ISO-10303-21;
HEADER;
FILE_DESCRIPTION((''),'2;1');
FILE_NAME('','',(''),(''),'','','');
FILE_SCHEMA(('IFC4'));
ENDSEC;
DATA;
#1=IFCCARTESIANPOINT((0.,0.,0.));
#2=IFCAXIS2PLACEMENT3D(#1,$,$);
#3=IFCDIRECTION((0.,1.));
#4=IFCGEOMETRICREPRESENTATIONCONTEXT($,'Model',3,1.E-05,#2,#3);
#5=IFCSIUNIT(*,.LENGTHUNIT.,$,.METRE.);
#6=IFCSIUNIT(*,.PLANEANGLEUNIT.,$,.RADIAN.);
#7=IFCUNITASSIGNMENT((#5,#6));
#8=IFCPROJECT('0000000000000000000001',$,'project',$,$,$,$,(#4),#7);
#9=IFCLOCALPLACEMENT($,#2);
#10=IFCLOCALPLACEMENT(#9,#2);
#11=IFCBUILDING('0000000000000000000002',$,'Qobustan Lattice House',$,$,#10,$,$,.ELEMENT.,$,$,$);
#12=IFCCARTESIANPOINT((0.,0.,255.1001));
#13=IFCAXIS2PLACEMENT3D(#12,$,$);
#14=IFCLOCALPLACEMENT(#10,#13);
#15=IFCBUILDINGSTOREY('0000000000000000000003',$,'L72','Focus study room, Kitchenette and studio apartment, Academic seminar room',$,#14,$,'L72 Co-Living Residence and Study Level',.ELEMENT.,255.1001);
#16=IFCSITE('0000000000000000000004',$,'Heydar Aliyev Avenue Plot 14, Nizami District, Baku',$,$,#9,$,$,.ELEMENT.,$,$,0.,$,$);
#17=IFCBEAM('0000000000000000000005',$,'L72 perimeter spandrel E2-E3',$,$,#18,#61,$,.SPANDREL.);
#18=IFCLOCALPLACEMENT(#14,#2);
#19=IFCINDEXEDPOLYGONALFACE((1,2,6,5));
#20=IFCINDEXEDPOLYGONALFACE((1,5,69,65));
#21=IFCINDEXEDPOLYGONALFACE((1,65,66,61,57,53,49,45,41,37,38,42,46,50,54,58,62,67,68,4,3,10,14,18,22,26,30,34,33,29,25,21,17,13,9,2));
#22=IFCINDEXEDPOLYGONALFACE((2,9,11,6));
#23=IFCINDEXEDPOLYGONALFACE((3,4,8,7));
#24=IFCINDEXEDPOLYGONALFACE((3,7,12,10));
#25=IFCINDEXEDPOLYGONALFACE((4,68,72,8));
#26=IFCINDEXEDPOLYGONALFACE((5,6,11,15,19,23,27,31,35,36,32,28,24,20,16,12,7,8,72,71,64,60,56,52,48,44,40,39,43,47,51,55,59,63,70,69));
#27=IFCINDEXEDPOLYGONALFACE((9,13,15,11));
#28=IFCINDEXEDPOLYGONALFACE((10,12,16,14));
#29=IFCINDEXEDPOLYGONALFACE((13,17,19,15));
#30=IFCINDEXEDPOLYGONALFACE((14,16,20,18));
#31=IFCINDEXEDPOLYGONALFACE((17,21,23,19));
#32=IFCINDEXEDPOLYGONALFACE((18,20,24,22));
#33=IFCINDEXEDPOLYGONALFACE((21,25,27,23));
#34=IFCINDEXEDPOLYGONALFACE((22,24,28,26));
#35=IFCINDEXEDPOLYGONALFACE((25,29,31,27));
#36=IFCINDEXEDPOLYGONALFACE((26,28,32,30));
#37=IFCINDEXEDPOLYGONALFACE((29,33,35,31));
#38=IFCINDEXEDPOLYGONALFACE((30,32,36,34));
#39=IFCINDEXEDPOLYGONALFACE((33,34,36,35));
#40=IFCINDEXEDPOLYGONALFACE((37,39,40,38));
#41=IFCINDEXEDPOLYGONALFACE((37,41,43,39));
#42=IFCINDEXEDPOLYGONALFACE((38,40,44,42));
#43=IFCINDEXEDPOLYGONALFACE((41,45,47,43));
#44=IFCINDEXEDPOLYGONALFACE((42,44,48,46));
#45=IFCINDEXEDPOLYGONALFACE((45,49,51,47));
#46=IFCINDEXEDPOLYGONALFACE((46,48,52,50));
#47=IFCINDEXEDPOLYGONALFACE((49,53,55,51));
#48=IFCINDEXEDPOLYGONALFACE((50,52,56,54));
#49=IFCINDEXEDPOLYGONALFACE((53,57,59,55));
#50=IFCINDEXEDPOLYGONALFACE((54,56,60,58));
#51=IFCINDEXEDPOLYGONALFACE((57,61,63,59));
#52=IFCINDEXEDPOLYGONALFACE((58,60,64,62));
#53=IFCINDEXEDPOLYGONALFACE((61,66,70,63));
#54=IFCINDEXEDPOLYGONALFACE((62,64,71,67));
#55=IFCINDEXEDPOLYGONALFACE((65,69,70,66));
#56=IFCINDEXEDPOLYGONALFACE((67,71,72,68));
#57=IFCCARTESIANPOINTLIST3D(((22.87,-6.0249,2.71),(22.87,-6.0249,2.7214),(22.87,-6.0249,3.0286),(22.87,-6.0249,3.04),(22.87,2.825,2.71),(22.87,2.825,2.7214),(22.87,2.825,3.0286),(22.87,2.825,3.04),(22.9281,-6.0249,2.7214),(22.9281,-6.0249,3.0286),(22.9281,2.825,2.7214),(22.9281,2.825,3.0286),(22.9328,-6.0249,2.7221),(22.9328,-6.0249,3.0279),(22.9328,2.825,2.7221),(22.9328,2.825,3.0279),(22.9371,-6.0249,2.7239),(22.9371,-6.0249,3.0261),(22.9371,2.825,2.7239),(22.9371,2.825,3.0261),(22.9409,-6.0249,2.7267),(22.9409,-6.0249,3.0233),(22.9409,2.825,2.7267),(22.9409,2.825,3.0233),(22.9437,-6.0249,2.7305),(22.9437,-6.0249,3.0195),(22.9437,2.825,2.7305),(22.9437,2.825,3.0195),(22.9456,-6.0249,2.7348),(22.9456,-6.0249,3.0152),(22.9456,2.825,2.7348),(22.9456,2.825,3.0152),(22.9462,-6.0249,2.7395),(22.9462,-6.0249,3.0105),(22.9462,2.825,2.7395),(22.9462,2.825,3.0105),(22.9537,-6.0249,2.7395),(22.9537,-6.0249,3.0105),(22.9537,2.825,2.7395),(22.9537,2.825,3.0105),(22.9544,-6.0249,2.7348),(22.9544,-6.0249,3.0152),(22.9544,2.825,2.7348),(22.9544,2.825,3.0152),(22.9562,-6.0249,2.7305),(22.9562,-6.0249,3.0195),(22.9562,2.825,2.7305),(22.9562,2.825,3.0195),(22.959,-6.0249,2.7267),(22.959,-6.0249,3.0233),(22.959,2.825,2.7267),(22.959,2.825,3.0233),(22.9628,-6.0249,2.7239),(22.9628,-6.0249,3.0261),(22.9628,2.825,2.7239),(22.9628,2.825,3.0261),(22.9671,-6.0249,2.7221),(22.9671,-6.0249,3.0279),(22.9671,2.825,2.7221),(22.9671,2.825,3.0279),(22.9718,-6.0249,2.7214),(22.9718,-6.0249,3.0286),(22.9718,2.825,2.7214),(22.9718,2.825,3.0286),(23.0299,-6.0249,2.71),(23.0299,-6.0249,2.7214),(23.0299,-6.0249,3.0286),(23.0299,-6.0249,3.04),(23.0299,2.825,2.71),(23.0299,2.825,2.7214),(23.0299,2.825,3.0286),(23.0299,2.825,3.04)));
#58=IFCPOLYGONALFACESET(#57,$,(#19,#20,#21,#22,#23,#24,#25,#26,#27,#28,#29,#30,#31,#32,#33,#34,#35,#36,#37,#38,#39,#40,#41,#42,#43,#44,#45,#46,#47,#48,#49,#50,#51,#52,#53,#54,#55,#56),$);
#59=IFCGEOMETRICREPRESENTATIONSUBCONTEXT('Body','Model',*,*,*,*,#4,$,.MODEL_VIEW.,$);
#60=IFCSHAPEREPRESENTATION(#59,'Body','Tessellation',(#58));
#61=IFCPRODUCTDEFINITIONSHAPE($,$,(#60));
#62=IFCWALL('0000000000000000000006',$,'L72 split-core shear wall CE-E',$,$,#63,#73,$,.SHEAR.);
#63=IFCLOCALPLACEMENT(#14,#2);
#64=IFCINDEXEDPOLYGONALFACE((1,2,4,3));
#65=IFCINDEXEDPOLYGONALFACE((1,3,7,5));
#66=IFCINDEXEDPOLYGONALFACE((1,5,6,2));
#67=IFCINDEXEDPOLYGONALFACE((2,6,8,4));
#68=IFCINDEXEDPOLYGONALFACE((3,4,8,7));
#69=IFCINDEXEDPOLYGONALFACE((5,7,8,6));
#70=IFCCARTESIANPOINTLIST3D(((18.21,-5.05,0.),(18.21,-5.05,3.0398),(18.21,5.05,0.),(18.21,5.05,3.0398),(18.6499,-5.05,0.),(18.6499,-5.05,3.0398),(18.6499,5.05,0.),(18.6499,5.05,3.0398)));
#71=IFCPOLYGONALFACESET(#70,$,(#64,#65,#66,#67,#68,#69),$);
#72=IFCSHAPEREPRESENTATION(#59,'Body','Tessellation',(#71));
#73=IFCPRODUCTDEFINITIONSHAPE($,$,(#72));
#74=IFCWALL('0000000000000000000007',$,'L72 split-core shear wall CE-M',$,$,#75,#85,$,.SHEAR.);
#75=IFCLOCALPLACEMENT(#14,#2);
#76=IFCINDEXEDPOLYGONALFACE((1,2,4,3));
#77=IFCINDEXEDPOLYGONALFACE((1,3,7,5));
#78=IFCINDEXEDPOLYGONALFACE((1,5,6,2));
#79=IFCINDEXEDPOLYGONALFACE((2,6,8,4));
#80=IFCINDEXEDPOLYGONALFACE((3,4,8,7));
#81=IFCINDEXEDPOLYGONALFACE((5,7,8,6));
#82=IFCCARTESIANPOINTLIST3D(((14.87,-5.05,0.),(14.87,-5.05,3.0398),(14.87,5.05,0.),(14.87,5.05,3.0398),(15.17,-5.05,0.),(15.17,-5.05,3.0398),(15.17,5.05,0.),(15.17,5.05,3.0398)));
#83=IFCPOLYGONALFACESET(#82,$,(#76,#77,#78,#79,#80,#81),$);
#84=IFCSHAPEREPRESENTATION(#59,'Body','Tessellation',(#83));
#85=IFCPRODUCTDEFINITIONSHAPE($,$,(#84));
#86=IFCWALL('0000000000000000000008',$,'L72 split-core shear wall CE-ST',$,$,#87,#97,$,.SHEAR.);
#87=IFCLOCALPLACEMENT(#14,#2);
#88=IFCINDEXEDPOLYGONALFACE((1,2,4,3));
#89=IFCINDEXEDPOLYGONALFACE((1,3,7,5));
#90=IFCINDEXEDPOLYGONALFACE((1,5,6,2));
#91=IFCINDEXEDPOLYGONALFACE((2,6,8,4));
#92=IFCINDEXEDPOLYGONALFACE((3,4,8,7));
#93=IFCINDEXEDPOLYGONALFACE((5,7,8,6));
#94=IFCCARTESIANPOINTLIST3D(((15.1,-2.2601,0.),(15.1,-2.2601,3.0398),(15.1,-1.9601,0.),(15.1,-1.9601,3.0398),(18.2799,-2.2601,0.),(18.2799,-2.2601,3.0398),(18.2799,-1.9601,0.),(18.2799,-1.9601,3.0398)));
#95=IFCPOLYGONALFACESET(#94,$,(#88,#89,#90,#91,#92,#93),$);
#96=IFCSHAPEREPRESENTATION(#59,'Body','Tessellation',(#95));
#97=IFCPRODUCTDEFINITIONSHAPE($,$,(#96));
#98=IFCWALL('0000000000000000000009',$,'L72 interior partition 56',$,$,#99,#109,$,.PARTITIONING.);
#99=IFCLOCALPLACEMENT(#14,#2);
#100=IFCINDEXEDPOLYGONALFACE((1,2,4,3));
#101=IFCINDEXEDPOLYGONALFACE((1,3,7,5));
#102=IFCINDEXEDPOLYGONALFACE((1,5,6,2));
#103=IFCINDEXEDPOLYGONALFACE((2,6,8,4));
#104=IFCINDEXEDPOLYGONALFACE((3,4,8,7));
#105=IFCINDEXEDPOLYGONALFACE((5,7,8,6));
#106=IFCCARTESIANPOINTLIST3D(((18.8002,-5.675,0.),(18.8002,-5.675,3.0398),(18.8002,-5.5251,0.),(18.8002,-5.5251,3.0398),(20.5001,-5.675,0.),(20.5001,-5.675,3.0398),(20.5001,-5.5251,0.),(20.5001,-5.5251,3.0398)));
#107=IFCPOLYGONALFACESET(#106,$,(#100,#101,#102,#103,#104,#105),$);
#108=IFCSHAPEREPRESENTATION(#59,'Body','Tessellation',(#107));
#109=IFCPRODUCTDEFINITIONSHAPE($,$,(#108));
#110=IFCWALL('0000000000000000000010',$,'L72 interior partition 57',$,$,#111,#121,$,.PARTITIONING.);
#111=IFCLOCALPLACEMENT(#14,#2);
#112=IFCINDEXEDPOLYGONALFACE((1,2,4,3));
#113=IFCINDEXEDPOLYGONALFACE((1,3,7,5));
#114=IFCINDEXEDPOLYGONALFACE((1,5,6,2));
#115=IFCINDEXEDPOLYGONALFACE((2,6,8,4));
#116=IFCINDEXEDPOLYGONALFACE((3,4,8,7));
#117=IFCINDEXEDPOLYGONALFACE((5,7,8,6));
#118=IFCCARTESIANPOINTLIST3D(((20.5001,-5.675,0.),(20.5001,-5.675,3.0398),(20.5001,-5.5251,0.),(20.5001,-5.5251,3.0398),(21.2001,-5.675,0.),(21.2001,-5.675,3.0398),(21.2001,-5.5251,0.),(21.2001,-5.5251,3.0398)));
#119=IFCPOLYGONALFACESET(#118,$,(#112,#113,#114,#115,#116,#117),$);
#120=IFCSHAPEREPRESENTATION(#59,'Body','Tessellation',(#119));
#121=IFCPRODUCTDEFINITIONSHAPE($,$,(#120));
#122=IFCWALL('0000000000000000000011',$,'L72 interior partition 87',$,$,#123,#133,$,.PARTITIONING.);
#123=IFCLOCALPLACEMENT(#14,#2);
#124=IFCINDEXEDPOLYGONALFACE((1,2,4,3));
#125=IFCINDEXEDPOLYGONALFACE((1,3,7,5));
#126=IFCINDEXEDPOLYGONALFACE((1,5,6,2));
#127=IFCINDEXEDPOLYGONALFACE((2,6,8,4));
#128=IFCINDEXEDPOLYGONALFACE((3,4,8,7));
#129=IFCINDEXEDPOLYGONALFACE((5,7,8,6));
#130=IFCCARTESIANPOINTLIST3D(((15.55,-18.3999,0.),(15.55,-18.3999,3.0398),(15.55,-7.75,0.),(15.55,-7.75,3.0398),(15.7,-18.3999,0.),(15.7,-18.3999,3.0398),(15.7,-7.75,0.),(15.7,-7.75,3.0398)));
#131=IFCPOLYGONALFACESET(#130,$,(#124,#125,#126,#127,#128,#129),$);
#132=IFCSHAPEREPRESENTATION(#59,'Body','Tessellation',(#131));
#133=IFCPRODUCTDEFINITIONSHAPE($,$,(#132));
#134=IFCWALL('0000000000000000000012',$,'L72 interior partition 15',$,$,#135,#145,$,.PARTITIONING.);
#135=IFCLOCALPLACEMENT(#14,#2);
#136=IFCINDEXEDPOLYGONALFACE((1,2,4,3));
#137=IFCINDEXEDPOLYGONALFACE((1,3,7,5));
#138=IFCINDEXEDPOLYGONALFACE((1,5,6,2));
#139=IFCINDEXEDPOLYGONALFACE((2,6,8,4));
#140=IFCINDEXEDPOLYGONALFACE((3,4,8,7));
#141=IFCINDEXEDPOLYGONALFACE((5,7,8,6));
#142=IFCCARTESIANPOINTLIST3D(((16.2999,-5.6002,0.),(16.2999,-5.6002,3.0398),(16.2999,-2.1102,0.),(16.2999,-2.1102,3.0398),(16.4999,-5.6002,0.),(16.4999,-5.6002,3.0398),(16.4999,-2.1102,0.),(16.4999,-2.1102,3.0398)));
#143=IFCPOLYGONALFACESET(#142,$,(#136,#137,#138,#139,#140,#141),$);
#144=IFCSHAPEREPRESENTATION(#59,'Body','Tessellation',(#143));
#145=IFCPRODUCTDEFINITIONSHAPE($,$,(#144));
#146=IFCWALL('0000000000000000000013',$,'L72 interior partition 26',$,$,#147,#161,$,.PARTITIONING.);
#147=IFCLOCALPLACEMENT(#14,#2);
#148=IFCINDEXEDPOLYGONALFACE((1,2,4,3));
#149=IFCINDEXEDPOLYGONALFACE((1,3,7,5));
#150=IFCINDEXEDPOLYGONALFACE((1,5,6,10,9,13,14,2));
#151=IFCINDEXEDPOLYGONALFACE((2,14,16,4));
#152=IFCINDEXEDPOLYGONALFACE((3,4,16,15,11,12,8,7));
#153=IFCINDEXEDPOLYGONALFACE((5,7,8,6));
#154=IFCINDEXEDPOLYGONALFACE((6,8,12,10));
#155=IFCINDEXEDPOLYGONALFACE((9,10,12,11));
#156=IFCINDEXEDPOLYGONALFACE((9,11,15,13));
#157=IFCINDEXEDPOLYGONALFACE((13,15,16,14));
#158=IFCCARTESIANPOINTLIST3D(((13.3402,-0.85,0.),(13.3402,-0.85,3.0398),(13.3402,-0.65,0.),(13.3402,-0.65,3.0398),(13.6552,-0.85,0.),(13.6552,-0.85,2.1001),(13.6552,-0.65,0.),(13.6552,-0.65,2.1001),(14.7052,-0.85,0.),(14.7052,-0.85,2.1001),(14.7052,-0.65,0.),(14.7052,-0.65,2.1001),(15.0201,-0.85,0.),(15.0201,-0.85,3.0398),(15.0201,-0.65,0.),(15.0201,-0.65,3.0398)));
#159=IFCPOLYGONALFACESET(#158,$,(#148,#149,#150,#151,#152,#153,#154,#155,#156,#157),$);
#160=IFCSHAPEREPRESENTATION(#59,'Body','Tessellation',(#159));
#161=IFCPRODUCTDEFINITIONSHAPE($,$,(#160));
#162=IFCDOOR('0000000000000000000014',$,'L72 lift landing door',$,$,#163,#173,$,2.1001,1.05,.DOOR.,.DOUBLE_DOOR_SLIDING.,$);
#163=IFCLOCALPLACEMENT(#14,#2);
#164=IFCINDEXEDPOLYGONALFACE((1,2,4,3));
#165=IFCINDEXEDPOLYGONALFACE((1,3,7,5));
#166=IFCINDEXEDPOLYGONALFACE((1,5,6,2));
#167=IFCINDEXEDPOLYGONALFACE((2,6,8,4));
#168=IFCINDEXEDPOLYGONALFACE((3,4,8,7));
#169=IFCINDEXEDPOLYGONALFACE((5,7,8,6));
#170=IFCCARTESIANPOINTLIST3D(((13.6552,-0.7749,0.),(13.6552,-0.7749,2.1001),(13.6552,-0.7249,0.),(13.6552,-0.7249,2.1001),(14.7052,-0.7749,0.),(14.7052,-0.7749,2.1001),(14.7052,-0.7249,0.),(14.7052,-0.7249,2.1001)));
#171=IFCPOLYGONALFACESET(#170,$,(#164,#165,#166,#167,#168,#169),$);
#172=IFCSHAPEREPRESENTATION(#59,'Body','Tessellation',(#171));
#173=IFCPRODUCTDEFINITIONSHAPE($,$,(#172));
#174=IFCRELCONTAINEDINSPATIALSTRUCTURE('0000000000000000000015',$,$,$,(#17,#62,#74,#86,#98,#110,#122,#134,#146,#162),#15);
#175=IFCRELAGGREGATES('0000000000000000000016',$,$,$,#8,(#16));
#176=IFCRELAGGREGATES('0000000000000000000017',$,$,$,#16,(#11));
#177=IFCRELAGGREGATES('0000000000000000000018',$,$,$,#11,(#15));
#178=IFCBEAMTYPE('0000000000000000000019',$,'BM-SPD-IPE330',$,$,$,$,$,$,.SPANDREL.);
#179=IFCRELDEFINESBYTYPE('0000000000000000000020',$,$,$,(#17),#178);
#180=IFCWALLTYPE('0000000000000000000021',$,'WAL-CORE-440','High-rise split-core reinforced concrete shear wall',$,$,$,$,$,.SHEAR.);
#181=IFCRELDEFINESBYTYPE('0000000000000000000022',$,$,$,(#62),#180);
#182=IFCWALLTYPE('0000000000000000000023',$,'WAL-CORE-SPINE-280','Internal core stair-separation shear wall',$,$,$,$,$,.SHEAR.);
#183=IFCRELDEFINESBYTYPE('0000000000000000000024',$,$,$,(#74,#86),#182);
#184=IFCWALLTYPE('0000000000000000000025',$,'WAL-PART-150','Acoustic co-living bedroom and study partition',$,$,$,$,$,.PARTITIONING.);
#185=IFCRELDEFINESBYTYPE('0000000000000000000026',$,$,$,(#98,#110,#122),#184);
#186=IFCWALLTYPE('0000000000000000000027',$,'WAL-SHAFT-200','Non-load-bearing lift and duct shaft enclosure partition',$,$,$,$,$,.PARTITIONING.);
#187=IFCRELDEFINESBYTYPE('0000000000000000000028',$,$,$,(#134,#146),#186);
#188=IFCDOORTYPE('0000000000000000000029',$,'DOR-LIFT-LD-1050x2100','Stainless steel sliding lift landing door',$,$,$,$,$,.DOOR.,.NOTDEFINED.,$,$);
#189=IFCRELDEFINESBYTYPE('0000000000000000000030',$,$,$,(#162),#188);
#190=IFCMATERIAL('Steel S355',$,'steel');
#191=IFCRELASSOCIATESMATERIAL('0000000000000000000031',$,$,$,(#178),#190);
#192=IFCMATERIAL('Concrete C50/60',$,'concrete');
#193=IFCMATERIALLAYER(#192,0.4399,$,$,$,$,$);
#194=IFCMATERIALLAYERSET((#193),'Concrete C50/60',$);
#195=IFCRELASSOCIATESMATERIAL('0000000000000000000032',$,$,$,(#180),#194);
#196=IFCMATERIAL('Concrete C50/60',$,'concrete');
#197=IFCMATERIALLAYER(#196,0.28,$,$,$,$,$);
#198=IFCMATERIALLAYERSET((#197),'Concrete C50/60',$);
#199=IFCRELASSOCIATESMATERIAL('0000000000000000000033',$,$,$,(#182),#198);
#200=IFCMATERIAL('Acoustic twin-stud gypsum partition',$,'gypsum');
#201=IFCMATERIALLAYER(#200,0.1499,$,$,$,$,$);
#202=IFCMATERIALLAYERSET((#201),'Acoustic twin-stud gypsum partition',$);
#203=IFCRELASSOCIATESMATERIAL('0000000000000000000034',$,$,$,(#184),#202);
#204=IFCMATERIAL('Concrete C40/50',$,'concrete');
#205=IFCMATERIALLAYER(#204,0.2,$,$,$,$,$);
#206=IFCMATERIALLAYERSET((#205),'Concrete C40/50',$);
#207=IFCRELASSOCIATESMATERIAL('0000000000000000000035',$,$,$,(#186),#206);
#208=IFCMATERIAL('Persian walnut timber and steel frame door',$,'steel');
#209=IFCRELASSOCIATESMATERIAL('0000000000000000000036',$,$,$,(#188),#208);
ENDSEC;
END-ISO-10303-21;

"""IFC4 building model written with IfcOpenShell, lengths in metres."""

from ifc_helpers import new_model, si_unit, direction, frame, frame_2d, origin, origin_2d, place, context, subcontext, project, spatial, rectangle, i_section, extrude, material, layer, layer_set, material_profile, profile_set, type_object, element, fill, save


model = new_model("IFC4")

# Units and contexts
model_context = context("Model", 3, precision=1e-05, world=origin(), true_north=direction((0.0, 1.0)))
body_context = subcontext(model_context, "Body", "Model", "MODEL_VIEW")
ifc_project = project(units=[si_unit("LENGTHUNIT", "METRE"), si_unit("PLANEANGLEUNIT", "RADIAN")], contexts=[model_context])

# Site, building, storey
site_placement = place(None, origin())
site = spatial("IfcSite", under=ifc_project, at=site_placement, Name="Heydar Aliyev Avenue Plot 14, Nizami District, Baku", CompositionType="ELEMENT", RefElevation=0.0)
building_placement = place(site_placement, origin())
building = spatial("IfcBuilding", under=site, at=building_placement, Name="Qobustan Lattice House", CompositionType="ELEMENT")
storey_placement = place(building_placement, frame((0.0, 0.0, 255.1001)))
storey = spatial("IfcBuildingStorey", under=building, at=storey_placement, Name="L72", Description="Focus study room, Kitchenette and studio apartment, Academic seminar room", LongName="L72 Co-Living Residence and Study Level", CompositionType="ELEMENT", Elevation=255.1001)

# Beam
ifc_material_1 = material(Name="Steel S355", Category="steel")
ifc_material_profile_1 = material_profile(ifc_material_1, i_section(OverallWidth=0.1599, OverallDepth=0.3301, WebThickness=0.0076, FlangeThickness=0.0115, FilletRadius=0.0181, at=origin_2d()), Name="IPE330")
ifc_profile_set_1 = profile_set([ifc_material_profile_1], Name="Steel S355")
beam_type_1 = type_object("IfcBeamType", Name="BM-SPD-IPE330", PredefinedType="SPANDREL", material=ifc_profile_set_1)
beam_1_placement = place(storey_placement, frame((22.95, -6.0249, 2.875), z_axis=(0.0, 1.0, 0.0), x_axis=(-1.0, 0.0, 0.0)))
element("IfcBeam", 1, at=beam_1_placement, inside=storey, type_object=beam_type_1, Name="L72 perimeter spandrel E2-E3", PredefinedType="SPANDREL", context=body_context, shape_type="SweptSolid", body=[
    extrude(i_section(OverallWidth=0.1599, OverallDepth=0.3301, WebThickness=0.0076, FlangeThickness=0.0115, FilletRadius=0.0181, at=origin_2d()), origin(), (0.0, 0.0, 1.0), 8.8499),
])

# Walls
ifc_material_2 = material(Name="Concrete C50/60", Category="concrete")
ifc_layer_1 = layer(ifc_material_2, 0.4399)
ifc_layer_set_1 = layer_set([ifc_layer_1], Name="Concrete C50/60")
wall_type_1 = type_object("IfcWallType", Name="WAL-CORE-440", Description="High-rise split-core reinforced concrete shear wall", PredefinedType="SHEAR", material=ifc_layer_set_1)
wall_1_placement = place(storey_placement, frame((18.4299, -5.05, 0.0), z_axis=(0.0, 0.0, 1.0), x_axis=(0.0, 1.0, 0.0)))
element("IfcWall", 2, at=wall_1_placement, inside=storey, type_object=wall_type_1, Name="L72 split-core shear wall CE-E", PredefinedType="SHEAR", context=body_context, shape_type="SweptSolid", body=[
    extrude(rectangle(XDim=10.1001, YDim=0.4399, at=frame_2d((5.05, 0.0))), origin(), (0.0, 0.0, 1.0), 3.0398),
])
ifc_material_3 = material(Name="Concrete C50/60", Category="concrete")
ifc_layer_2 = layer(ifc_material_3, 0.28)
ifc_layer_set_2 = layer_set([ifc_layer_2], Name="Concrete C50/60")
wall_type_2 = type_object("IfcWallType", Name="WAL-CORE-SPINE-280", Description="Internal core stair-separation shear wall", PredefinedType="SHEAR", material=ifc_layer_set_2)
wall_2_placement = place(storey_placement, frame((15.02, -5.05, 0.0), z_axis=(0.0, 0.0, 1.0), x_axis=(0.0, 1.0, 0.0)))
element("IfcWall", 3, at=wall_2_placement, inside=storey, type_object=wall_type_2, Name="L72 split-core shear wall CE-M", PredefinedType="SHEAR", context=body_context, shape_type="SweptSolid", body=[
    extrude(rectangle(XDim=10.1001, YDim=0.3, at=frame_2d((5.05, 0.0))), origin(), (0.0, 0.0, 1.0), 3.0398),
])
wall_3_placement = place(storey_placement, frame((15.1001, -2.1101, 0.0), z_axis=(0.0, 0.0, 1.0), x_axis=(1.0, 0.0, 0.0)))
element("IfcWall", 4, at=wall_3_placement, inside=storey, type_object=wall_type_2, Name="L72 split-core shear wall CE-ST", PredefinedType="SHEAR", context=body_context, shape_type="SweptSolid", body=[
    extrude(rectangle(XDim=3.1799, YDim=0.3, at=frame_2d((1.5898, 0.0))), origin(), (0.0, 0.0, 1.0), 3.0398),
])
ifc_material_4 = material(Name="Acoustic twin-stud gypsum partition", Category="gypsum")
ifc_layer_3 = layer(ifc_material_4, 0.1499)
ifc_layer_set_3 = layer_set([ifc_layer_3], Name="Acoustic twin-stud gypsum partition")
wall_type_3 = type_object("IfcWallType", Name="WAL-PART-150", Description="Acoustic co-living bedroom and study partition", PredefinedType="PARTITIONING", material=ifc_layer_set_3)
wall_4_placement = place(storey_placement, frame((18.8, -5.6001, 0.0), z_axis=(0.0, 0.0, 1.0), x_axis=(1.0, 0.0, 0.0)))
element("IfcWall", 5, at=wall_4_placement, inside=storey, type_object=wall_type_3, Name="L72 interior partition 56", PredefinedType="PARTITIONING", context=body_context, shape_type="SweptSolid", body=[
    extrude(rectangle(XDim=1.7, YDim=0.1499, at=frame_2d((0.8501, 0.0))), origin(), (0.0, 0.0, 1.0), 3.0398),
])
wall_5_placement = place(storey_placement, frame((20.5, -5.6001, 0.0), z_axis=(0.0, 0.0, 1.0), x_axis=(1.0, 0.0, 0.0)))
element("IfcWall", 6, at=wall_5_placement, inside=storey, type_object=wall_type_3, Name="L72 interior partition 57", PredefinedType="PARTITIONING", context=body_context, shape_type="SweptSolid", body=[
    extrude(rectangle(XDim=0.7, YDim=0.1499, at=frame_2d((0.3501, 0.0))), origin(), (0.0, 0.0, 1.0), 3.0398),
])

# Walls
wall_6_placement = place(storey_placement, frame((15.625, -7.75, 0.0), z_axis=(0.0, 0.0, 1.0), x_axis=(0.0, -1.0, 0.0)))
element("IfcWall", 7, at=wall_6_placement, inside=storey, type_object=wall_type_3, Name="L72 interior partition 87", PredefinedType="PARTITIONING", context=body_context, shape_type="SweptSolid", body=[
    extrude(rectangle(XDim=10.6499, YDim=0.1499, at=frame_2d((5.325, 0.0))), origin(), (0.0, 0.0, 1.0), 3.0398),
])
ifc_material_5 = material(Name="Concrete C40/50", Category="concrete")
ifc_layer_4 = layer(ifc_material_5, 0.2)
ifc_layer_set_4 = layer_set([ifc_layer_4], Name="Concrete C40/50")
wall_type_4 = type_object("IfcWallType", Name="WAL-SHAFT-200", Description="Non-load-bearing lift and duct shaft enclosure partition", PredefinedType="PARTITIONING", material=ifc_layer_set_4)
wall_7_placement = place(storey_placement, frame((16.3999, -2.1101, 0.0), z_axis=(0.0, 0.0, 1.0), x_axis=(0.0, -1.0, 0.0)))
element("IfcWall", 8, at=wall_7_placement, inside=storey, type_object=wall_type_4, Name="L72 interior partition 15", PredefinedType="PARTITIONING", context=body_context, shape_type="SweptSolid", body=[
    extrude(rectangle(XDim=3.49, YDim=0.2, at=frame_2d((1.7451, 0.0))), origin(), (0.0, 0.0, 1.0), 3.0398),
])

# Wall, opening, door
wall_8_placement = place(storey_placement, frame((15.02, -0.75, 0.0), z_axis=(0.0, 0.0, 1.0), x_axis=(-1.0, 0.0, 0.0)))
wall_8 = element("IfcWall", 9, at=wall_8_placement, inside=storey, type_object=wall_type_4, Name="L72 interior partition 26", PredefinedType="PARTITIONING", context=body_context, shape_type="SweptSolid", body=[
    extrude(rectangle(XDim=1.6799, YDim=0.2, at=frame_2d((0.8398, 0.0))), origin(), (0.0, 0.0, 1.0), 3.0398),
])
opening_1_placement = place(wall_8_placement, frame((0.3149, 0.0, 0.0)))
opening_1 = element("IfcOpeningElement", 10, at=opening_1_placement, cuts=wall_8, PredefinedType="OPENING", context=body_context, shape_type="SweptSolid", body=[
    extrude(rectangle(XDim=1.05, YDim=2.1001, at=frame_2d((0.5249, 1.05))), frame((0.0, 0.1099, 0.0), z_axis=(0.0, -1.0, 0.0), x_axis=(1.0, 0.0, 0.0)), (0.0, 0.0, 1.0), 0.22),
])
ifc_material_6 = material(Name="Persian walnut timber and steel frame door", Category="steel")
door_type_1 = type_object("IfcDoorType", Name="DOR-LIFT-LD-1050x2100", Description="Stainless steel sliding lift landing door", OperationType="NOTDEFINED", PredefinedType="DOOR", material=ifc_material_6)
door_1_placement = place(opening_1_placement, origin())
door_1 = element("IfcDoor", 11, at=door_1_placement, inside=storey, type_object=door_type_1, Name="L72 lift landing door", OperationType="DOUBLE_DOOR_SLIDING", OverallHeight=2.1001, OverallWidth=1.05, PredefinedType="DOOR", context=body_context, shape_type="SweptSolid", body=[
    extrude(rectangle(XDim=1.05, YDim=2.1001, at=frame_2d((0.5249, 1.05))), frame((0.0, 0.0249, 0.0), z_axis=(0.0, -1.0, 0.0), x_axis=(1.0, 0.0, 0.0)), (0.0, 0.0, 1.0), 0.05),
])
fill(opening_1, door_1)

save(model, "model.ifc")
